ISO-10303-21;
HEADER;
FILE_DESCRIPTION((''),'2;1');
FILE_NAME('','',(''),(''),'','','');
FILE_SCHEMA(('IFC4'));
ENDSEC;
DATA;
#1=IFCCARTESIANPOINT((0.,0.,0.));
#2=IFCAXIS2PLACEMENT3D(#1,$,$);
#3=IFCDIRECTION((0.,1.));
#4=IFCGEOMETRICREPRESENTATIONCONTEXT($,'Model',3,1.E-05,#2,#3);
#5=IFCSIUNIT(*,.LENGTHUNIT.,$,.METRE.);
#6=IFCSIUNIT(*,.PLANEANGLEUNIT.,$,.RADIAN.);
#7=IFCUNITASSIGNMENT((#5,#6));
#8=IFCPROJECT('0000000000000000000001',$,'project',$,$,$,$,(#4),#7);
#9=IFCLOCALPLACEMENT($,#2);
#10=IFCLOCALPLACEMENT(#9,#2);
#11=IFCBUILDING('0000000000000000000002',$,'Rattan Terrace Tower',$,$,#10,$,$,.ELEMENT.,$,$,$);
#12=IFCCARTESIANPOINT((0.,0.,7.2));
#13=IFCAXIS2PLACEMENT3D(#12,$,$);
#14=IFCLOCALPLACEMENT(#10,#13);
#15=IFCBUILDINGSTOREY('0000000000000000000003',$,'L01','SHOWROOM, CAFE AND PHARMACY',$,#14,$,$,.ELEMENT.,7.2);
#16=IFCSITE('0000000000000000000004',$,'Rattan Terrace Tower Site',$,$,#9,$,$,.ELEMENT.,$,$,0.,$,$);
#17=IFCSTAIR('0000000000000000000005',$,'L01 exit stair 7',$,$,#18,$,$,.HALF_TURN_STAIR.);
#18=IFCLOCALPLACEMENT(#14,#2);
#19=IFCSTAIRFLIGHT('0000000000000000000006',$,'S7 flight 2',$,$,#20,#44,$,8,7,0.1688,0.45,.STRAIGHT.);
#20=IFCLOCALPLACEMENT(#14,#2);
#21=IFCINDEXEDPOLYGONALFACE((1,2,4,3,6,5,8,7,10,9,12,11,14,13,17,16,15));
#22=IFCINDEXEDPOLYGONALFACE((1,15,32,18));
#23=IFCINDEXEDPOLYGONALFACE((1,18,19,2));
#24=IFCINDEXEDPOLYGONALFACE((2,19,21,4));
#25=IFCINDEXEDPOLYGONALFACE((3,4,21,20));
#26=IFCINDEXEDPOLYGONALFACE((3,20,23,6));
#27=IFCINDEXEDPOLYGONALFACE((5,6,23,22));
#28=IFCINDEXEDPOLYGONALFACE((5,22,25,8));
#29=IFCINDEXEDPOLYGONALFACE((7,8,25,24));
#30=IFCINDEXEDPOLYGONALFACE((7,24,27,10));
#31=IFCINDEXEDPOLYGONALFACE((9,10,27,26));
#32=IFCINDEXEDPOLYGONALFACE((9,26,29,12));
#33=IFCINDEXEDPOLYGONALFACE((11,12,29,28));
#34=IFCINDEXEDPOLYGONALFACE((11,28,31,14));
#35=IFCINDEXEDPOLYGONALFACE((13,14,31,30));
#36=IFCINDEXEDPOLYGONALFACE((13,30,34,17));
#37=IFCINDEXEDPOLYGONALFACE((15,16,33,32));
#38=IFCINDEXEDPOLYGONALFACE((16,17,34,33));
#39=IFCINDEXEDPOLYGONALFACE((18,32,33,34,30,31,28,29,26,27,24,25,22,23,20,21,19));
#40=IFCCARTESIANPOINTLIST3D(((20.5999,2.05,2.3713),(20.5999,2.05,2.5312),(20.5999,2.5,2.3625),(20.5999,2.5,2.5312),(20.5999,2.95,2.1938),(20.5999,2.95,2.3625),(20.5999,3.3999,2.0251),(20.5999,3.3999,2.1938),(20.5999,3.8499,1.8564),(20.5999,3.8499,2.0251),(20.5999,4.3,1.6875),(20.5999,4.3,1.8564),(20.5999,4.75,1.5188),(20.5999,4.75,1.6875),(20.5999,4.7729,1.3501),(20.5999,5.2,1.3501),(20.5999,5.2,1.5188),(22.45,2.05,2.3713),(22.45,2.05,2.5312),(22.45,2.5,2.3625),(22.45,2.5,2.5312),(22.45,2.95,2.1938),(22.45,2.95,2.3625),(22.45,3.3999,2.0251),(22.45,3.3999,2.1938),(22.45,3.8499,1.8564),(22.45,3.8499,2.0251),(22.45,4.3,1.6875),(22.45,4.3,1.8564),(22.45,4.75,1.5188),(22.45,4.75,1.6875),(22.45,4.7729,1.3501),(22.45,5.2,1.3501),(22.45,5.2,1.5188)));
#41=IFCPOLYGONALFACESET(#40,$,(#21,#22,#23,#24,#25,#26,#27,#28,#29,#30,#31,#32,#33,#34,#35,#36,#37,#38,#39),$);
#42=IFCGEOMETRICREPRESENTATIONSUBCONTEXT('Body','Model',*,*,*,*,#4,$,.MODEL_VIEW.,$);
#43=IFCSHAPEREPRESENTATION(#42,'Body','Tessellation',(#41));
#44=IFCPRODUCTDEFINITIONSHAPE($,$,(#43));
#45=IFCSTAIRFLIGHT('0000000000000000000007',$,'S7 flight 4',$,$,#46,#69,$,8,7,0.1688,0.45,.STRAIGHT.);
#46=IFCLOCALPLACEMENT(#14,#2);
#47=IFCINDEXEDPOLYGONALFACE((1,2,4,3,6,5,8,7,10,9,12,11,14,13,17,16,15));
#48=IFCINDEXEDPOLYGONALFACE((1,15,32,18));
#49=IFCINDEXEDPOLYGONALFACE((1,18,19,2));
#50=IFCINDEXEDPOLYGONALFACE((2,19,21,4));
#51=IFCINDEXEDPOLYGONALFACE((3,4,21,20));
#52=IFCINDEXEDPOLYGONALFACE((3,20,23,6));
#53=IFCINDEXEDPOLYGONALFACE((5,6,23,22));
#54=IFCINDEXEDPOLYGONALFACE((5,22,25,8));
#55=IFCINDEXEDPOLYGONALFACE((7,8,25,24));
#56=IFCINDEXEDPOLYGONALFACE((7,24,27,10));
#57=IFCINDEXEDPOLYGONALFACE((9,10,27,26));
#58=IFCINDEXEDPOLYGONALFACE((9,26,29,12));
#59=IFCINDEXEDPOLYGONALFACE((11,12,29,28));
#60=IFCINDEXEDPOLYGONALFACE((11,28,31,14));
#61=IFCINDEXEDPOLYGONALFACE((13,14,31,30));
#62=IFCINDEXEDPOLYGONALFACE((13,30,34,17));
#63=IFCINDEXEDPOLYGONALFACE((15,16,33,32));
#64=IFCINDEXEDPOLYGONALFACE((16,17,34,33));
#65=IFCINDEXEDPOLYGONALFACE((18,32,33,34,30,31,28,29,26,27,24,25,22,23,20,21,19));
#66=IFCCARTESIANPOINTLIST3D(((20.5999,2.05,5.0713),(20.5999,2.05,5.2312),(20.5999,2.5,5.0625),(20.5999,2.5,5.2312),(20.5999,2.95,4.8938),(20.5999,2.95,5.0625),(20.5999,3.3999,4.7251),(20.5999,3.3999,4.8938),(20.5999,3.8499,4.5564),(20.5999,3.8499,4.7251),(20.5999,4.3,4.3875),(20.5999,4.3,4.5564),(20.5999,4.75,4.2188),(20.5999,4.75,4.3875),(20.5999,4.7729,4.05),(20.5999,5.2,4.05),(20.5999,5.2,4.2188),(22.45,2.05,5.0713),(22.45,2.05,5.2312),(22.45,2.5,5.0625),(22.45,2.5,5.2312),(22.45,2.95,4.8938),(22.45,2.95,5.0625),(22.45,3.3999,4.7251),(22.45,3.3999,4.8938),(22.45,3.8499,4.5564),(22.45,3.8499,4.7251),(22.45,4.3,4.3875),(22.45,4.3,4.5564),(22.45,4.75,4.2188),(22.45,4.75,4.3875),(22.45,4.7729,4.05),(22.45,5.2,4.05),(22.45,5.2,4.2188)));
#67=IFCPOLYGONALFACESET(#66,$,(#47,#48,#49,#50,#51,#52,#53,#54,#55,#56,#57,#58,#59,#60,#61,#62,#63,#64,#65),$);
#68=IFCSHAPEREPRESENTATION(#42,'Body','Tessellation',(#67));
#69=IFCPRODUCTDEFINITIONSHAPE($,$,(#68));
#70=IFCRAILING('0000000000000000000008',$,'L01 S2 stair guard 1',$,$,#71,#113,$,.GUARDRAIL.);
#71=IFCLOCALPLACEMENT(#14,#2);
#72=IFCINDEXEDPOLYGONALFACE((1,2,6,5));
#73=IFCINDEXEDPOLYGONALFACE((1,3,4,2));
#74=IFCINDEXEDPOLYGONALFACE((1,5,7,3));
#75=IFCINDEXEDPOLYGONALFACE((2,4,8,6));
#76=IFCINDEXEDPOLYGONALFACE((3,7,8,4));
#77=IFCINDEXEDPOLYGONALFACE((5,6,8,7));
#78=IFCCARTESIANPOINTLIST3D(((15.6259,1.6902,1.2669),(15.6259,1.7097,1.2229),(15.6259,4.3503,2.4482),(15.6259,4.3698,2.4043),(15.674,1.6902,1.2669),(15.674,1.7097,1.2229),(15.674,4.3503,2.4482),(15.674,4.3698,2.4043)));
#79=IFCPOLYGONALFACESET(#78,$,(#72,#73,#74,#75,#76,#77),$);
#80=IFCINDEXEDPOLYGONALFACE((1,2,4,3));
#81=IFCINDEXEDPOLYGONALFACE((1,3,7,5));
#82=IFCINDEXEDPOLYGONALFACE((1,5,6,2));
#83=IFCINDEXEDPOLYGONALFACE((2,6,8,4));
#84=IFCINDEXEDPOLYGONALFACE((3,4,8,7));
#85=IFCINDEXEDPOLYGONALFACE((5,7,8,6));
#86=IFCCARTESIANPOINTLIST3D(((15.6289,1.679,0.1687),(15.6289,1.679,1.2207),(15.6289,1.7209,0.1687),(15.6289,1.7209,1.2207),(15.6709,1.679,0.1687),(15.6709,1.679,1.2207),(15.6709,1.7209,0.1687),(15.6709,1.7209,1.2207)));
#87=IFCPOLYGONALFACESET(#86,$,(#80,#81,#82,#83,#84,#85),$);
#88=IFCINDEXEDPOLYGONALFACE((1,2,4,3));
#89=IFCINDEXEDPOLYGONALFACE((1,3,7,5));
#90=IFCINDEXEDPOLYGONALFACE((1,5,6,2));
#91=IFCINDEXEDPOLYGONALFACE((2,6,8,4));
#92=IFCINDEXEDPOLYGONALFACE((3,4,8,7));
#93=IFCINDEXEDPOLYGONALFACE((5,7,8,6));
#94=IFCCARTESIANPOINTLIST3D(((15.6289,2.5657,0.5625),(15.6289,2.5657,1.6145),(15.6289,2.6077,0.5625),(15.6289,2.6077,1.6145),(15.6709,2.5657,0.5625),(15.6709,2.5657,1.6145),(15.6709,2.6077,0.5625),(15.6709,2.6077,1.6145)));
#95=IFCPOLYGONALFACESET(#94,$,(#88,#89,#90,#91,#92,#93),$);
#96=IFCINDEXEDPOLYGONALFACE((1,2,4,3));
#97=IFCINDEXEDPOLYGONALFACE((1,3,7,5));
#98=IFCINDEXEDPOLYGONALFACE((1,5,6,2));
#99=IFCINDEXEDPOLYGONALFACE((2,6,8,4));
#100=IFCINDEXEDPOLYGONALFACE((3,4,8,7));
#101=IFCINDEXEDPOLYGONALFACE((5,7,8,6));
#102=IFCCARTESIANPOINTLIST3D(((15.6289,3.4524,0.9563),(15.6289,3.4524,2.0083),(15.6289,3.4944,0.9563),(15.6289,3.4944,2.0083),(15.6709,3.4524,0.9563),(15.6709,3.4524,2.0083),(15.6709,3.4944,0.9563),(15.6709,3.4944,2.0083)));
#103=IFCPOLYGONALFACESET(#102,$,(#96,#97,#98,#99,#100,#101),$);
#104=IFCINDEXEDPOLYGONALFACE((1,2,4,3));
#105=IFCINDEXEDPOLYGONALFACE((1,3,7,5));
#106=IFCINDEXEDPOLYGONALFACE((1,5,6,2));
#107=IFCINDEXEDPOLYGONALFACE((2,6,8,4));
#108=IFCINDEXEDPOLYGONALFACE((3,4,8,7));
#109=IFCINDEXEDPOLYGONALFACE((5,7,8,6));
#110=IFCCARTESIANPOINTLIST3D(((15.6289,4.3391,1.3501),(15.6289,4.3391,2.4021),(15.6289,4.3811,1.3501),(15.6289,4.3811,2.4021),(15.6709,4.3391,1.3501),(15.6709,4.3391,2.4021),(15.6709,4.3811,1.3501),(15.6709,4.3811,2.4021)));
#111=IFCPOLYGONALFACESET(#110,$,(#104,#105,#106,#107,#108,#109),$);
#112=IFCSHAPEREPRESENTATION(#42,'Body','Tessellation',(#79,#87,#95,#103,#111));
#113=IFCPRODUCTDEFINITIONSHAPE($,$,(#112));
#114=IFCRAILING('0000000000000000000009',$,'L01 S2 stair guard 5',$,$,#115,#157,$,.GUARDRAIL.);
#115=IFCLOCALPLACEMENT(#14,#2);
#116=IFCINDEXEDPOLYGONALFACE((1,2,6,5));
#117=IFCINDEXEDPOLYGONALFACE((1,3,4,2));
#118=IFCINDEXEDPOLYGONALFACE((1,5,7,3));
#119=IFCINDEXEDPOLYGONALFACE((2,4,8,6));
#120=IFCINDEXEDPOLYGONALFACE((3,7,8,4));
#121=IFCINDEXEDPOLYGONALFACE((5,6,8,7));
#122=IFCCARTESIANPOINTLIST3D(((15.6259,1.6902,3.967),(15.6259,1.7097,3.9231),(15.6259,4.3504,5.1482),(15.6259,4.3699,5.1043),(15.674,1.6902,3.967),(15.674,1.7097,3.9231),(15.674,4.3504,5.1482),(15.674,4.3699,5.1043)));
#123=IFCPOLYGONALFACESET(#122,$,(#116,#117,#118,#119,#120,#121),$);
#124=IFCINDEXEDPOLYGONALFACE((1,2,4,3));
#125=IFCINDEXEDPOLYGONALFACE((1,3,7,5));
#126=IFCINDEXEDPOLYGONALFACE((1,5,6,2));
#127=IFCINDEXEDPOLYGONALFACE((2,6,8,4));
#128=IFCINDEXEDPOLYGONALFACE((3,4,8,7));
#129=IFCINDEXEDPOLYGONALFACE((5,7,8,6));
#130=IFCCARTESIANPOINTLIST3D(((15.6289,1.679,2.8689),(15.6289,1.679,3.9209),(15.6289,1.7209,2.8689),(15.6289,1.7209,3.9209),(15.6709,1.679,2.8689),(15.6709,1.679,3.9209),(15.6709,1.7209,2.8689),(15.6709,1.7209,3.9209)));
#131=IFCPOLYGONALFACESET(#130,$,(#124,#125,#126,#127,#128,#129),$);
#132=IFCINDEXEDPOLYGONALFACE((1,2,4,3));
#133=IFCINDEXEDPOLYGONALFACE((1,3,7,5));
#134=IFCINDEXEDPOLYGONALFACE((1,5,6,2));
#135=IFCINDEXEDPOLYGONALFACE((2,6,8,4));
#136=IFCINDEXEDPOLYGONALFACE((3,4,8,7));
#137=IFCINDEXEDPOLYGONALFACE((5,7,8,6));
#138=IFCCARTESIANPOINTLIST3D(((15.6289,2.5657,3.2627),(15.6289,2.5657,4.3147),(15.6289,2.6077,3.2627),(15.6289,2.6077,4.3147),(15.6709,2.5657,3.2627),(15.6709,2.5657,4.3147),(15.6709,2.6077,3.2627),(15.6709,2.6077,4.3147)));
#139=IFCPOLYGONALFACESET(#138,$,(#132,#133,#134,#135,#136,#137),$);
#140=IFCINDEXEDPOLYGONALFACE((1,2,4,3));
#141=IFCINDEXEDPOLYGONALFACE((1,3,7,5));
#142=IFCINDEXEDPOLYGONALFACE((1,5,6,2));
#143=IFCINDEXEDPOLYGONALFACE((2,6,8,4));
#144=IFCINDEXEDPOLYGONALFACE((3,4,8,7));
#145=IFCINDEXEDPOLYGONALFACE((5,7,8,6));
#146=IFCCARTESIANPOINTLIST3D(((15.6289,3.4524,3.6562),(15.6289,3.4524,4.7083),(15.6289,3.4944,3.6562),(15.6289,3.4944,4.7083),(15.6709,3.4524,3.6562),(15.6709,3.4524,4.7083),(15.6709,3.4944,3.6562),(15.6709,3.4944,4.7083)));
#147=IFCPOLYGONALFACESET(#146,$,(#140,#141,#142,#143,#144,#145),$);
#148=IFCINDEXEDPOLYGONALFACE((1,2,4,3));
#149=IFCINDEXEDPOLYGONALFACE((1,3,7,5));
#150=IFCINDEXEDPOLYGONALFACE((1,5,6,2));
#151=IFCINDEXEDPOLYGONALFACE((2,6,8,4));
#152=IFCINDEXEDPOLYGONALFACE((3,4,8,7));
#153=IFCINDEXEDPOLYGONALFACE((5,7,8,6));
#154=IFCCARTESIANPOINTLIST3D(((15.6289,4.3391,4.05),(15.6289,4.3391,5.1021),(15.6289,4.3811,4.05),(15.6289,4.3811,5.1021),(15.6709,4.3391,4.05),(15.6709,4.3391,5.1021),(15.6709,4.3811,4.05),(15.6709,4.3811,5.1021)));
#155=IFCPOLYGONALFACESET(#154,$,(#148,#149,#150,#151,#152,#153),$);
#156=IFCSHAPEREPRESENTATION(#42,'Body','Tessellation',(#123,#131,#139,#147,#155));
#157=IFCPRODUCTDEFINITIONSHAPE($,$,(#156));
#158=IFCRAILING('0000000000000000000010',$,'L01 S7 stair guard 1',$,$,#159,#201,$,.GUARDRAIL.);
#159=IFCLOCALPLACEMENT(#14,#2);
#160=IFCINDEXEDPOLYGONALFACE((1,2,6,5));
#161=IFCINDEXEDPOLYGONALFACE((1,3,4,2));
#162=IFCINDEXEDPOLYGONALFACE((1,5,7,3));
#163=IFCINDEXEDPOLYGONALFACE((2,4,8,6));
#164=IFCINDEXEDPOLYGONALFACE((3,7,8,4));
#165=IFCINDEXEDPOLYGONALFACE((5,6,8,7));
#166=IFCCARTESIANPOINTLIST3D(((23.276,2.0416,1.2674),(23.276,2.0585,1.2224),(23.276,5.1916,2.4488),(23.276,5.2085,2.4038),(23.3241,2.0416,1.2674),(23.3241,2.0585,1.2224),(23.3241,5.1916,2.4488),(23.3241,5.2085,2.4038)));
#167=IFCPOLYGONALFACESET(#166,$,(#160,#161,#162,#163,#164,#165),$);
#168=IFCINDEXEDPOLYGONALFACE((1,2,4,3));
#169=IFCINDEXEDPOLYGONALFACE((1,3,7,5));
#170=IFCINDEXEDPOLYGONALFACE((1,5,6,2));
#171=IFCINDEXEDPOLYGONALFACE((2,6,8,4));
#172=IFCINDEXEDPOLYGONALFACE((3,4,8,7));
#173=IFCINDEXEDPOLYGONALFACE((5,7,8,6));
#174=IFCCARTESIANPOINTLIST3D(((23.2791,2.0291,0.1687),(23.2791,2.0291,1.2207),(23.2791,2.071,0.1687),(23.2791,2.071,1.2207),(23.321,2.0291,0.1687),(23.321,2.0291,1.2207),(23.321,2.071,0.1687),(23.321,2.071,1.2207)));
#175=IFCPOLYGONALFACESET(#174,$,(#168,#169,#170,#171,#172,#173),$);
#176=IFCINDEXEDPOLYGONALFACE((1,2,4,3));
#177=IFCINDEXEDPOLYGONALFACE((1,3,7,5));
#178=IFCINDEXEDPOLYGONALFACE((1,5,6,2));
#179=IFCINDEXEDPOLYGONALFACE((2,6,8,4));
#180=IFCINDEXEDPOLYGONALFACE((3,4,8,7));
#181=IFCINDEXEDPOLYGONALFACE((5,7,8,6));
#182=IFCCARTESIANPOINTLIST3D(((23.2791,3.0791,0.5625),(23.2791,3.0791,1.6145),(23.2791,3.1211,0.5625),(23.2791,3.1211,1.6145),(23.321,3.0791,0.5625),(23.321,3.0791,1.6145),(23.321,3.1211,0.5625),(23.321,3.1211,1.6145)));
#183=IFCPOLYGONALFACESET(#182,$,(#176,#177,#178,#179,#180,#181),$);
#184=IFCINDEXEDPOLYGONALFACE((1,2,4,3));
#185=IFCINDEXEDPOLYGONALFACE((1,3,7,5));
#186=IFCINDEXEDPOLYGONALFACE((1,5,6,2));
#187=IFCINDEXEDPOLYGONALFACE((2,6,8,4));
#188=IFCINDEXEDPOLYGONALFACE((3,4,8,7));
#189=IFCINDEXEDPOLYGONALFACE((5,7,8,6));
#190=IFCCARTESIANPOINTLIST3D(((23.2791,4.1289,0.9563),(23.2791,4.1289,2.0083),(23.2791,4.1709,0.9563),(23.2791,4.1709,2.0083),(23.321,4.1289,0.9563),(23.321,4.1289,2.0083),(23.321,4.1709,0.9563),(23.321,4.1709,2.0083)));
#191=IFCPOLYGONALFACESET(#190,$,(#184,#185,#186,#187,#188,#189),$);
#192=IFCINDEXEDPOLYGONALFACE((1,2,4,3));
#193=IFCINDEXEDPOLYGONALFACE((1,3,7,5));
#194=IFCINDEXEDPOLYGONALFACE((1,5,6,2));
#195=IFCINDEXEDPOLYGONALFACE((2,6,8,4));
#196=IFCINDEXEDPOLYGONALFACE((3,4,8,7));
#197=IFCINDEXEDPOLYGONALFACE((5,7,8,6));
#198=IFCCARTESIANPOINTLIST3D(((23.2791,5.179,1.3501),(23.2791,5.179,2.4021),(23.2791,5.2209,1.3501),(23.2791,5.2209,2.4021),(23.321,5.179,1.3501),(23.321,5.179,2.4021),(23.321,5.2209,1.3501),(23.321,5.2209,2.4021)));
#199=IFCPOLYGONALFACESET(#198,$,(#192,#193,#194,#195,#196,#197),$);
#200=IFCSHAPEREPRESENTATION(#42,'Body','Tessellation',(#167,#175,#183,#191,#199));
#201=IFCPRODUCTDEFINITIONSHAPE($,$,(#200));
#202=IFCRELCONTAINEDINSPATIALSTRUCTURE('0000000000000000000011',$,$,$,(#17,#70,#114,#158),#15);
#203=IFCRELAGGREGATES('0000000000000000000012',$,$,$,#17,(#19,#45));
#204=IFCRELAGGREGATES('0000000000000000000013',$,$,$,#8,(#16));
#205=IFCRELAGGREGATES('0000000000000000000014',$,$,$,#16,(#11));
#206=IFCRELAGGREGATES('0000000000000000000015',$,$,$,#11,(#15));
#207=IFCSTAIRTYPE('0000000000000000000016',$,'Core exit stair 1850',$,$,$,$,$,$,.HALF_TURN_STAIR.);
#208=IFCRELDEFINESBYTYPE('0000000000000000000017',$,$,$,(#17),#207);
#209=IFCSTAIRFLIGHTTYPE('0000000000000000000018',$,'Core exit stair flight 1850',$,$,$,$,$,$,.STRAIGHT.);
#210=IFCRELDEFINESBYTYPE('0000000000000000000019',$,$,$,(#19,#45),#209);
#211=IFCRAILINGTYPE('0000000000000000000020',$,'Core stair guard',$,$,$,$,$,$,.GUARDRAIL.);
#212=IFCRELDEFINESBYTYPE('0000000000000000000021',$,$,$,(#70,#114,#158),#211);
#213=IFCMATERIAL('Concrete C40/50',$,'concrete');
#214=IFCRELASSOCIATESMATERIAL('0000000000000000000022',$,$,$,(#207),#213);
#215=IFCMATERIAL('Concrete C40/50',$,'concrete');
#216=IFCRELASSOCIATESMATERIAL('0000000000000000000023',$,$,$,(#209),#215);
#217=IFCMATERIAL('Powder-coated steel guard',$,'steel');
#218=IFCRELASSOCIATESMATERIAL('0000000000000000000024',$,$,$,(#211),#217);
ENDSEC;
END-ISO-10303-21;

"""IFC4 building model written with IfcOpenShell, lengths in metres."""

from ifc_helpers import new_model, si_unit, direction, frame, origin, origin_2d, place, context, subcontext, project, spatial, polyline, rectangle, outline, extrude, material, type_object, element, aggregate, save


model = new_model("IFC4")

# Units and contexts
model_context = context("Model", 3, precision=1e-05, world=origin(), true_north=direction((0.0, 1.0)))
body_context = subcontext(model_context, "Body", "Model", "MODEL_VIEW")
ifc_project = project(units=[si_unit("LENGTHUNIT", "METRE"), si_unit("PLANEANGLEUNIT", "RADIAN")], contexts=[model_context])

# Site, building, storey
site_placement = place(None, origin())
site = spatial("IfcSite", under=ifc_project, at=site_placement, Name="Rattan Terrace Tower Site", CompositionType="ELEMENT", RefElevation=0.0)
building_placement = place(site_placement, origin())
building = spatial("IfcBuilding", under=site, at=building_placement, Name="Rattan Terrace Tower", CompositionType="ELEMENT")
storey_placement = place(building_placement, frame((0.0, 0.0, 7.2)))
storey = spatial("IfcBuildingStorey", under=building, at=storey_placement, Name="L01", Description="SHOWROOM, CAFE AND PHARMACY", CompositionType="ELEMENT", Elevation=7.2)

# Stair, stair flights
ifc_material_1 = material(Name="Concrete C40/50", Category="concrete")
stair_type_1 = type_object("IfcStairType", Name="Core exit stair 1850", PredefinedType="HALF_TURN_STAIR", material=ifc_material_1)
stair_1_placement = place(storey_placement, origin())
stair_1 = element("IfcStair", 1, at=stair_1_placement, inside=storey, type_object=stair_type_1, Name="L01 exit stair 7", PredefinedType="HALF_TURN_STAIR")
ifc_material_2 = material(Name="Concrete C40/50", Category="concrete")
stair_flight_type_1 = type_object("IfcStairFlightType", Name="Core exit stair flight 1850", PredefinedType="STRAIGHT", material=ifc_material_2)
stair_flight_1_placement = place(storey_placement, frame((21.5249, 5.2, 1.3501), z_axis=(0.0, 0.0, 1.0), x_axis=(0.0, -1.0, 0.0)))
stair_flight_1 = element("IfcStairFlight", 2, at=stair_flight_1_placement, type_object=stair_flight_type_1, Name="S7 flight 2", NumberOfRisers=8, NumberOfTreads=7, PredefinedType="STRAIGHT", RiserHeight=0.1688, TreadLength=0.45, context=body_context, shape_type="SweptSolid", body=[
    extrude(outline(polyline([(0.0, 0.0), (0.0, 0.1687), (0.45, 0.1687), (0.45, 0.3374), (0.8999, 0.3374), (0.8999, 0.5063), (1.3501, 0.5063), (1.3501, 0.675), (1.8, 0.675), (1.8, 0.8438), (2.25, 0.8438), (2.25, 1.0125), (2.7, 1.0125), (2.7, 1.1812), (3.1499, 1.1812), (3.1499, 1.3501), (3.1499, 1.0212), (0.427, 0.0), (0.0, 0.0)])), frame((0.0, 0.925, 0.0), z_axis=(0.0, -1.0, 0.0), x_axis=(1.0, 0.0, 0.0)), (0.0, 0.0, 1.0), 1.8501),
])
stair_flight_2_placement = place(storey_placement, frame((21.5249, 5.2, 4.05), z_axis=(0.0, 0.0, 1.0), x_axis=(0.0, -1.0, 0.0)))
stair_flight_2 = element("IfcStairFlight", 3, at=stair_flight_2_placement, type_object=stair_flight_type_1, Name="S7 flight 4", NumberOfRisers=8, NumberOfTreads=7, PredefinedType="STRAIGHT", RiserHeight=0.1688, TreadLength=0.45, context=body_context, shape_type="SweptSolid", body=[
    extrude(outline(polyline([(0.0, 0.0), (0.0, 0.1687), (0.45, 0.1687), (0.45, 0.3374), (0.8999, 0.3374), (0.8999, 0.5063), (1.3501, 0.5063), (1.3501, 0.675), (1.8, 0.675), (1.8, 0.8438), (2.25, 0.8438), (2.25, 1.0125), (2.7, 1.0125), (2.7, 1.1812), (3.1499, 1.1812), (3.1499, 1.3501), (3.1499, 1.0212), (0.427, 0.0), (0.0, 0.0)])), frame((0.0, 0.925, 0.0), z_axis=(0.0, -1.0, 0.0), x_axis=(1.0, 0.0, 0.0)), (0.0, 0.0, 1.0), 1.8501),
])
aggregate(stair_1, [stair_flight_1, stair_flight_2])

# Railings
ifc_material_3 = material(Name="Powder-coated steel guard", Category="steel")
railing_type_1 = type_object("IfcRailingType", Name="Core stair guard", PredefinedType="GUARDRAIL", material=ifc_material_3)
railing_1_placement = place(storey_placement, frame((15.6499, 1.7, 0.1687)))
element("IfcRailing", 4, at=railing_1_placement, inside=storey, type_object=railing_type_1, Name="L01 S2 stair guard 1", PredefinedType="GUARDRAIL", context=body_context, shape_type="SweptSolid", body=[
    extrude(rectangle(XDim=0.0481, YDim=0.0481, at=origin_2d()), frame((0.0, 0.0, 1.0762), z_axis=(0.0, 0.913926, 0.405882), x_axis=(-1.0, 0.0, 0.0)), (0.0, 0.0, 1.0), 2.9106),
    extrude(rectangle(XDim=0.042, YDim=0.042, at=origin_2d()), origin(), (0.0, 0.0, 1.0), 1.052),
    extrude(rectangle(XDim=0.042, YDim=0.042, at=origin_2d()), frame((0.0, 0.8867, 0.3938)), (0.0, 0.0, 1.0), 1.052),
    extrude(rectangle(XDim=0.042, YDim=0.042, at=origin_2d()), frame((0.0, 1.7734, 0.7876)), (0.0, 0.0, 1.0), 1.052),
    extrude(rectangle(XDim=0.042, YDim=0.042, at=origin_2d()), frame((0.0, 2.6602, 1.1814)), (0.0, 0.0, 1.0), 1.052),
])
railing_2_placement = place(storey_placement, frame((15.6499, 1.7, 2.8689)))
element("IfcRailing", 5, at=railing_2_placement, inside=storey, type_object=railing_type_1, Name="L01 S2 stair guard 5", PredefinedType="GUARDRAIL", context=body_context, shape_type="SweptSolid", body=[
    extrude(rectangle(XDim=0.0481, YDim=0.0481, at=origin_2d()), frame((0.0, 0.0, 1.0762), z_axis=(0.0, 0.913957, 0.405812), x_axis=(-1.0, 0.0, 0.0)), (0.0, 0.0, 1.0), 2.9106),
    extrude(rectangle(XDim=0.042, YDim=0.042, at=origin_2d()), origin(), (0.0, 0.0, 1.0), 1.052),
    extrude(rectangle(XDim=0.042, YDim=0.042, at=origin_2d()), frame((0.0, 0.8867, 0.3938)), (0.0, 0.0, 1.0), 1.052),
    extrude(rectangle(XDim=0.042, YDim=0.042, at=origin_2d()), frame((0.0, 1.7734, 0.7874)), (0.0, 0.0, 1.0), 1.052),
    extrude(rectangle(XDim=0.042, YDim=0.042, at=origin_2d()), frame((0.0, 2.6602, 1.1812)), (0.0, 0.0, 1.0), 1.052),
])
railing_3_placement = place(storey_placement, frame((23.3, 2.05, 0.1687)))
element("IfcRailing", 6, at=railing_3_placement, inside=storey, type_object=railing_type_1, Name="L01 S7 stair guard 1", PredefinedType="GUARDRAIL", context=body_context, shape_type="SweptSolid", body=[
    extrude(rectangle(XDim=0.0481, YDim=0.0481, at=origin_2d()), frame((0.0, 0.0, 1.0762), z_axis=(0.0, 0.936311, 0.351171), x_axis=(-1.0, 0.0, 0.0)), (0.0, 0.0, 1.0), 3.3643),
    extrude(rectangle(XDim=0.042, YDim=0.042, at=origin_2d()), origin(), (0.0, 0.0, 1.0), 1.052),
    extrude(rectangle(XDim=0.042, YDim=0.042, at=origin_2d()), frame((0.0, 1.05, 0.3938)), (0.0, 0.0, 1.0), 1.052),
    extrude(rectangle(XDim=0.042, YDim=0.042, at=origin_2d()), frame((0.0, 2.0999, 0.7876)), (0.0, 0.0, 1.0), 1.052),
    extrude(rectangle(XDim=0.042, YDim=0.042, at=origin_2d()), frame((0.0, 3.1499, 1.1814)), (0.0, 0.0, 1.0), 1.052),
])

save(model, "model.ifc")
